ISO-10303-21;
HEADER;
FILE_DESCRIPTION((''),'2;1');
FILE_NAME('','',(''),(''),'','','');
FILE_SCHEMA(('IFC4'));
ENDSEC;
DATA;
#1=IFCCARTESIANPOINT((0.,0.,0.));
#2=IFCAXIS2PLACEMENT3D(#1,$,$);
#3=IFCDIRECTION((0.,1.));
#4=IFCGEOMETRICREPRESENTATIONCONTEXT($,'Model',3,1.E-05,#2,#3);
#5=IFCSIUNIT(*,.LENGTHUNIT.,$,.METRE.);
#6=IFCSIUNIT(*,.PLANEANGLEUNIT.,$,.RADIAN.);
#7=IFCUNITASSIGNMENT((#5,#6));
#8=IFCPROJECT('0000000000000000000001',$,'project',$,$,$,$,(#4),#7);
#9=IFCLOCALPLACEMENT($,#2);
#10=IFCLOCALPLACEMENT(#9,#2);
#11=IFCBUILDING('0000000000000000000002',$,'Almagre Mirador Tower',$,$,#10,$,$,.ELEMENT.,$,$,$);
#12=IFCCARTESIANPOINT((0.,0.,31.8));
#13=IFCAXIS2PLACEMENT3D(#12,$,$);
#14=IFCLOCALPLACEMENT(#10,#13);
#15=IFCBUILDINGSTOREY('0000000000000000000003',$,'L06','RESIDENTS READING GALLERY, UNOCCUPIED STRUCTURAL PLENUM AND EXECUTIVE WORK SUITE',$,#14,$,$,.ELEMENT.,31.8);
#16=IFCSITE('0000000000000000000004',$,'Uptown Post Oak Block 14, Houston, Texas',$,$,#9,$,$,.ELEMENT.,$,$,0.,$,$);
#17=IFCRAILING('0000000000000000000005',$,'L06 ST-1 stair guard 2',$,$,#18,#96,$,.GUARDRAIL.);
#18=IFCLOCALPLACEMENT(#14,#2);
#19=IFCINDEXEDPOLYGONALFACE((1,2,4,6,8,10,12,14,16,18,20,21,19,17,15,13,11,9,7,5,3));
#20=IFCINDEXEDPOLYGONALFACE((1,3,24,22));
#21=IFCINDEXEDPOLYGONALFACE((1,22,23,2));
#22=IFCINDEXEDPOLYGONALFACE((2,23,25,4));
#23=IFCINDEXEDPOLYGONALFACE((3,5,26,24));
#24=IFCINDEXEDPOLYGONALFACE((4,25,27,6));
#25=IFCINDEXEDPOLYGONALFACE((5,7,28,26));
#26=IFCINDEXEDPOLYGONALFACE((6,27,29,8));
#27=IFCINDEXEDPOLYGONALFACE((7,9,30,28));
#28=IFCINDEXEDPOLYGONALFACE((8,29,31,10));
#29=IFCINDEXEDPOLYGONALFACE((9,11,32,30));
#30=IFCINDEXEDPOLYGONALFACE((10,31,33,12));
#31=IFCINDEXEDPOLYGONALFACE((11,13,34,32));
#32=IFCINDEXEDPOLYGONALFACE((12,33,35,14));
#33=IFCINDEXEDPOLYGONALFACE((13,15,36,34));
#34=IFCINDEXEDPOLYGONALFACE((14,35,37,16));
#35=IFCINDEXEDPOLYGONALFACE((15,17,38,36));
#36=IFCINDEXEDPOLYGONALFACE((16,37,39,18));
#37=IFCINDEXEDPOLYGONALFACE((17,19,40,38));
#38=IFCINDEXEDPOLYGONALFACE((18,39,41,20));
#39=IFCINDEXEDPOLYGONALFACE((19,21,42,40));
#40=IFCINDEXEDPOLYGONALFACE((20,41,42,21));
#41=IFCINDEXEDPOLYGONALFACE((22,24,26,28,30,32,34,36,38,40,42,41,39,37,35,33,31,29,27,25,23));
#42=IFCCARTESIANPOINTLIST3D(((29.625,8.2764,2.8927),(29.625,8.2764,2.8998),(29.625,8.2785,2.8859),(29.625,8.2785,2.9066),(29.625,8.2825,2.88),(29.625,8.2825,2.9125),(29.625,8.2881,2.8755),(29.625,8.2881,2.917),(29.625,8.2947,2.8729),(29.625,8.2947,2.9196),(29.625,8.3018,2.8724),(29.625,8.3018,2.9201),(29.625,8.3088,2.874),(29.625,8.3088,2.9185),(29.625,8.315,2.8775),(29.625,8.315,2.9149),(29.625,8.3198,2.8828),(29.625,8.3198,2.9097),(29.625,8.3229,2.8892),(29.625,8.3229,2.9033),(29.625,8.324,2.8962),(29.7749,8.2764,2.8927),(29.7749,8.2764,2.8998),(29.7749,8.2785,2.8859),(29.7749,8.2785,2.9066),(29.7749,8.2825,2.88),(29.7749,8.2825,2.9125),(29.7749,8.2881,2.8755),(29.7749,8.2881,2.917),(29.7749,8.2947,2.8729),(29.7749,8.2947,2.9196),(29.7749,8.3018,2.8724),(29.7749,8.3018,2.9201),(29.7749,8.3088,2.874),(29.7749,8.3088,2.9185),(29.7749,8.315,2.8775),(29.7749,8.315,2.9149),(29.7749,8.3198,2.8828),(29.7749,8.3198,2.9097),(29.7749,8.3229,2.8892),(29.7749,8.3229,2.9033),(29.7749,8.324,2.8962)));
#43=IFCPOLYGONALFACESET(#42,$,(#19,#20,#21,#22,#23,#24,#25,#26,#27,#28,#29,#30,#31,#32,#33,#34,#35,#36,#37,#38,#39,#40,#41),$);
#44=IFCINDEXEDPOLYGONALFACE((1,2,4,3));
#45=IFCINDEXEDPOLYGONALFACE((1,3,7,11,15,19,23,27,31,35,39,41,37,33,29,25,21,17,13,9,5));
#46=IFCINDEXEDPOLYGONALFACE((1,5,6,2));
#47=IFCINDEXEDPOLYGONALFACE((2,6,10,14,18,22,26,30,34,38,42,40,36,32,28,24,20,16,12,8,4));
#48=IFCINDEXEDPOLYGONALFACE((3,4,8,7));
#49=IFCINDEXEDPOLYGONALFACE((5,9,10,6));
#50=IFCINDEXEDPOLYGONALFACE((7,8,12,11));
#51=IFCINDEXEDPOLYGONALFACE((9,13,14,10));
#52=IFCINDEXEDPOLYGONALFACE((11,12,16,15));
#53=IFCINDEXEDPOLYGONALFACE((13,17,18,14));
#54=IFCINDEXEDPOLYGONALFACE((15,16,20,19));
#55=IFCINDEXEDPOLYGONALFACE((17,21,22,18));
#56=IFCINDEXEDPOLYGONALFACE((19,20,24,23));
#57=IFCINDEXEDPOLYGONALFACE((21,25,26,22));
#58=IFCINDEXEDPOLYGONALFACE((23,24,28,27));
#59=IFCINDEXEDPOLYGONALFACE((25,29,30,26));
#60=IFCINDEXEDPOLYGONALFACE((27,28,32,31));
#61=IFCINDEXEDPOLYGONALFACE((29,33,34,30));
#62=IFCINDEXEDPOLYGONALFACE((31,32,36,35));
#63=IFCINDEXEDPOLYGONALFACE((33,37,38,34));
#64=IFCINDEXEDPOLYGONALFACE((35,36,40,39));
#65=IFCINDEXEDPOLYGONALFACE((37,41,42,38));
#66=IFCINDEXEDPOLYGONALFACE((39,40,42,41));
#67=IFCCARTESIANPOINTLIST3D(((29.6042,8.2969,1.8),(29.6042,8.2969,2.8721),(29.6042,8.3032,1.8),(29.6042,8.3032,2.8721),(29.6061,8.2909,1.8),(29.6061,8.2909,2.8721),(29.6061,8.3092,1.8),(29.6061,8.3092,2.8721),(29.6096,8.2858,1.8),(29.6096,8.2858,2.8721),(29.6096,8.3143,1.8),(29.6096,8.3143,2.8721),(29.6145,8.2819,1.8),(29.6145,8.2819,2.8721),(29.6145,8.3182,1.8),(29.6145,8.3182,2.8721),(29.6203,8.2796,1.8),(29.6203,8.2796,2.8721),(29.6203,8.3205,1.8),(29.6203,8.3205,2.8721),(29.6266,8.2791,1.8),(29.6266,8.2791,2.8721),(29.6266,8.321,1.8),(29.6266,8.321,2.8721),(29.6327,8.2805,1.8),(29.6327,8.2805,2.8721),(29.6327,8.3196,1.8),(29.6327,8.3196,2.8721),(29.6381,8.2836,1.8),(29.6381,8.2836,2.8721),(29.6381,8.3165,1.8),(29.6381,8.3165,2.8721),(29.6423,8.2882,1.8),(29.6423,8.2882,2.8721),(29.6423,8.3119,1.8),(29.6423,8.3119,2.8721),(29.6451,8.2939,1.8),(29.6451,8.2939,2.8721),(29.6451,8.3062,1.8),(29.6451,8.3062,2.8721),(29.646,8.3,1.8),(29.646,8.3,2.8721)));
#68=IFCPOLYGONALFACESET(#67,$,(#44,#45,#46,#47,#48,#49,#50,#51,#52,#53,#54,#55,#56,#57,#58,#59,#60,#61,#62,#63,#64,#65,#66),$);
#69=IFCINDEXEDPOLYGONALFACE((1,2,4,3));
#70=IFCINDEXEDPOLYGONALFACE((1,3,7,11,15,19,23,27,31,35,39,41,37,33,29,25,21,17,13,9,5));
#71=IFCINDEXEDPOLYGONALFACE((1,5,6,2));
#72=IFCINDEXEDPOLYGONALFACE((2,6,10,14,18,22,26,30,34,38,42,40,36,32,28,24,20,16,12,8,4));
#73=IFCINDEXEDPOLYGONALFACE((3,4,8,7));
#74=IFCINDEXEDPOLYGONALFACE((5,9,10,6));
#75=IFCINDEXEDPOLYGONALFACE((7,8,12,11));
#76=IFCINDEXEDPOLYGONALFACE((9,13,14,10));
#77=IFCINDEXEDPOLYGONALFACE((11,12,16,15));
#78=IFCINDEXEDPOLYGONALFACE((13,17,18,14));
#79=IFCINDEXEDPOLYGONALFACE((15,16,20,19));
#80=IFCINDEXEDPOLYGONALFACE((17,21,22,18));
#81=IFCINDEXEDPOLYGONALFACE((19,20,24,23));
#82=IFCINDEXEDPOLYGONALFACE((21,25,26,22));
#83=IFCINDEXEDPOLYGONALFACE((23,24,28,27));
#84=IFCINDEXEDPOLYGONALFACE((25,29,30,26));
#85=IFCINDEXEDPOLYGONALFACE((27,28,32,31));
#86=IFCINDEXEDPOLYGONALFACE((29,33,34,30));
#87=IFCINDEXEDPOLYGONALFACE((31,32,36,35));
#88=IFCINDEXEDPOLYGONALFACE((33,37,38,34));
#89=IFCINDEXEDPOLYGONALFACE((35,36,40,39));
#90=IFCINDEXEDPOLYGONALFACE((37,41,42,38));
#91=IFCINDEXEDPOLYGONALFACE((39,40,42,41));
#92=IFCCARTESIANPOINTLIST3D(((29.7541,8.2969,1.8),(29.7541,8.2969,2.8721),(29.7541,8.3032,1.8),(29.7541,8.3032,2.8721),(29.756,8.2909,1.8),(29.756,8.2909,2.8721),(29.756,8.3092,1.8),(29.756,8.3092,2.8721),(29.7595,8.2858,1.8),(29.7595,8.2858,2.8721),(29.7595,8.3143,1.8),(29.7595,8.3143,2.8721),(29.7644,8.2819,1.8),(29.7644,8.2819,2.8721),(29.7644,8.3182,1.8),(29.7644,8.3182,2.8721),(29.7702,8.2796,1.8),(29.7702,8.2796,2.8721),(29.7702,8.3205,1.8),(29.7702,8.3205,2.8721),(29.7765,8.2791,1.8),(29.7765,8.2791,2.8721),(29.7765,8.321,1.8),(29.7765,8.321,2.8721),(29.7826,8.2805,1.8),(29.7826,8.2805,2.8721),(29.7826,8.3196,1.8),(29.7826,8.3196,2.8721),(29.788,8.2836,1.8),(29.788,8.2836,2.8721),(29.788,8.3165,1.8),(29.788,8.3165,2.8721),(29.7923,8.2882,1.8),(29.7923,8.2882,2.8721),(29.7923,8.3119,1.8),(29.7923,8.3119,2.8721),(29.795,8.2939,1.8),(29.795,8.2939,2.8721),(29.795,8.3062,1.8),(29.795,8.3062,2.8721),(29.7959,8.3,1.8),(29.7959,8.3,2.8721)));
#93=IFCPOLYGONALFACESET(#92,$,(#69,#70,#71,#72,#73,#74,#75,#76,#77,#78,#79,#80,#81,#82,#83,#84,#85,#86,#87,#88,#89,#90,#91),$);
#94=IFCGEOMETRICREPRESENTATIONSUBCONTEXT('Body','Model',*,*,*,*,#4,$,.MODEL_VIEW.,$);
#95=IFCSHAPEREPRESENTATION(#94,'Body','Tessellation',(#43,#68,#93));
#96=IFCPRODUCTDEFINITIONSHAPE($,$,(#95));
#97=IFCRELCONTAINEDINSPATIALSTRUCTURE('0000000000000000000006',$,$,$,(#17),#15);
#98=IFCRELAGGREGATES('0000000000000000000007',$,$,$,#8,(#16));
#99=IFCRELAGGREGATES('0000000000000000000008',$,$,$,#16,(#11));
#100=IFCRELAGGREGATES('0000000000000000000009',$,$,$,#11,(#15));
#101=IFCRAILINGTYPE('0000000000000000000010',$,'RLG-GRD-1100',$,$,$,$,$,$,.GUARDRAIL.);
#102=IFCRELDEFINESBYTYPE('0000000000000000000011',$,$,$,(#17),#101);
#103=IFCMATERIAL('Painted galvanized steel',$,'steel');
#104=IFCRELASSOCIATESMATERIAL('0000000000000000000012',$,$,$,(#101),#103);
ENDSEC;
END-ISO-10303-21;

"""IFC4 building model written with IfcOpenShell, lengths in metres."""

from ifc_helpers import new_model, si_unit, direction, frame, origin, origin_2d, place, context, subcontext, project, spatial, circle, extrude, material, type_object, element, save


model = new_model("IFC4")

# Units and contexts
model_context = context("Model", 3, precision=1e-05, world=origin(), true_north=direction((0.0, 1.0)))
body_context = subcontext(model_context, "Body", "Model", "MODEL_VIEW")
ifc_project = project(units=[si_unit("LENGTHUNIT", "METRE"), si_unit("PLANEANGLEUNIT", "RADIAN")], contexts=[model_context])

# Site, building, storey
site_placement = place(None, origin())
site = spatial("IfcSite", under=ifc_project, at=site_placement, Name="Uptown Post Oak Block 14, Houston, Texas", CompositionType="ELEMENT", RefElevation=0.0)
building_placement = place(site_placement, origin())
building = spatial("IfcBuilding", under=site, at=building_placement, Name="Almagre Mirador Tower", CompositionType="ELEMENT")
storey_placement = place(building_placement, frame((0.0, 0.0, 31.8)))
storey = spatial("IfcBuildingStorey", under=building, at=storey_placement, Name="L06", Description="RESIDENTS READING GALLERY, UNOCCUPIED STRUCTURAL PLENUM AND EXECUTIVE WORK SUITE", CompositionType="ELEMENT", Elevation=31.8)

# Railing
ifc_material_1 = material(Name="Painted galvanized steel", Category="steel")
railing_type_1 = type_object("IfcRailingType", Name="RLG-GRD-1100", PredefinedType="GUARDRAIL", material=ifc_material_1)
railing_1_placement = place(storey_placement, frame((29.625, 8.3, 1.8)))
element("IfcRailing", 1, at=railing_1_placement, inside=storey, type_object=railing_type_1, Name="L06 ST-1 stair guard 2", PredefinedType="GUARDRAIL", context=body_context, shape_type="SweptSolid", body=[
    extrude(circle(Radius=0.0239, at=origin_2d()), frame((0.0, 0.0, 1.0962), z_axis=(1.0, 0.0, 0.0), x_axis=(0.0, 1.0, 0.0)), (0.0, 0.0, 1.0), 0.1499),
    extrude(circle(Radius=0.021, at=origin_2d()), origin(), (0.0, 0.0, 1.0), 1.072),
    extrude(circle(Radius=0.021, at=origin_2d()), frame((0.1499, 0.0, 0.0)), (0.0, 0.0, 1.0), 1.072),
])

save(model, "model.ifc")
